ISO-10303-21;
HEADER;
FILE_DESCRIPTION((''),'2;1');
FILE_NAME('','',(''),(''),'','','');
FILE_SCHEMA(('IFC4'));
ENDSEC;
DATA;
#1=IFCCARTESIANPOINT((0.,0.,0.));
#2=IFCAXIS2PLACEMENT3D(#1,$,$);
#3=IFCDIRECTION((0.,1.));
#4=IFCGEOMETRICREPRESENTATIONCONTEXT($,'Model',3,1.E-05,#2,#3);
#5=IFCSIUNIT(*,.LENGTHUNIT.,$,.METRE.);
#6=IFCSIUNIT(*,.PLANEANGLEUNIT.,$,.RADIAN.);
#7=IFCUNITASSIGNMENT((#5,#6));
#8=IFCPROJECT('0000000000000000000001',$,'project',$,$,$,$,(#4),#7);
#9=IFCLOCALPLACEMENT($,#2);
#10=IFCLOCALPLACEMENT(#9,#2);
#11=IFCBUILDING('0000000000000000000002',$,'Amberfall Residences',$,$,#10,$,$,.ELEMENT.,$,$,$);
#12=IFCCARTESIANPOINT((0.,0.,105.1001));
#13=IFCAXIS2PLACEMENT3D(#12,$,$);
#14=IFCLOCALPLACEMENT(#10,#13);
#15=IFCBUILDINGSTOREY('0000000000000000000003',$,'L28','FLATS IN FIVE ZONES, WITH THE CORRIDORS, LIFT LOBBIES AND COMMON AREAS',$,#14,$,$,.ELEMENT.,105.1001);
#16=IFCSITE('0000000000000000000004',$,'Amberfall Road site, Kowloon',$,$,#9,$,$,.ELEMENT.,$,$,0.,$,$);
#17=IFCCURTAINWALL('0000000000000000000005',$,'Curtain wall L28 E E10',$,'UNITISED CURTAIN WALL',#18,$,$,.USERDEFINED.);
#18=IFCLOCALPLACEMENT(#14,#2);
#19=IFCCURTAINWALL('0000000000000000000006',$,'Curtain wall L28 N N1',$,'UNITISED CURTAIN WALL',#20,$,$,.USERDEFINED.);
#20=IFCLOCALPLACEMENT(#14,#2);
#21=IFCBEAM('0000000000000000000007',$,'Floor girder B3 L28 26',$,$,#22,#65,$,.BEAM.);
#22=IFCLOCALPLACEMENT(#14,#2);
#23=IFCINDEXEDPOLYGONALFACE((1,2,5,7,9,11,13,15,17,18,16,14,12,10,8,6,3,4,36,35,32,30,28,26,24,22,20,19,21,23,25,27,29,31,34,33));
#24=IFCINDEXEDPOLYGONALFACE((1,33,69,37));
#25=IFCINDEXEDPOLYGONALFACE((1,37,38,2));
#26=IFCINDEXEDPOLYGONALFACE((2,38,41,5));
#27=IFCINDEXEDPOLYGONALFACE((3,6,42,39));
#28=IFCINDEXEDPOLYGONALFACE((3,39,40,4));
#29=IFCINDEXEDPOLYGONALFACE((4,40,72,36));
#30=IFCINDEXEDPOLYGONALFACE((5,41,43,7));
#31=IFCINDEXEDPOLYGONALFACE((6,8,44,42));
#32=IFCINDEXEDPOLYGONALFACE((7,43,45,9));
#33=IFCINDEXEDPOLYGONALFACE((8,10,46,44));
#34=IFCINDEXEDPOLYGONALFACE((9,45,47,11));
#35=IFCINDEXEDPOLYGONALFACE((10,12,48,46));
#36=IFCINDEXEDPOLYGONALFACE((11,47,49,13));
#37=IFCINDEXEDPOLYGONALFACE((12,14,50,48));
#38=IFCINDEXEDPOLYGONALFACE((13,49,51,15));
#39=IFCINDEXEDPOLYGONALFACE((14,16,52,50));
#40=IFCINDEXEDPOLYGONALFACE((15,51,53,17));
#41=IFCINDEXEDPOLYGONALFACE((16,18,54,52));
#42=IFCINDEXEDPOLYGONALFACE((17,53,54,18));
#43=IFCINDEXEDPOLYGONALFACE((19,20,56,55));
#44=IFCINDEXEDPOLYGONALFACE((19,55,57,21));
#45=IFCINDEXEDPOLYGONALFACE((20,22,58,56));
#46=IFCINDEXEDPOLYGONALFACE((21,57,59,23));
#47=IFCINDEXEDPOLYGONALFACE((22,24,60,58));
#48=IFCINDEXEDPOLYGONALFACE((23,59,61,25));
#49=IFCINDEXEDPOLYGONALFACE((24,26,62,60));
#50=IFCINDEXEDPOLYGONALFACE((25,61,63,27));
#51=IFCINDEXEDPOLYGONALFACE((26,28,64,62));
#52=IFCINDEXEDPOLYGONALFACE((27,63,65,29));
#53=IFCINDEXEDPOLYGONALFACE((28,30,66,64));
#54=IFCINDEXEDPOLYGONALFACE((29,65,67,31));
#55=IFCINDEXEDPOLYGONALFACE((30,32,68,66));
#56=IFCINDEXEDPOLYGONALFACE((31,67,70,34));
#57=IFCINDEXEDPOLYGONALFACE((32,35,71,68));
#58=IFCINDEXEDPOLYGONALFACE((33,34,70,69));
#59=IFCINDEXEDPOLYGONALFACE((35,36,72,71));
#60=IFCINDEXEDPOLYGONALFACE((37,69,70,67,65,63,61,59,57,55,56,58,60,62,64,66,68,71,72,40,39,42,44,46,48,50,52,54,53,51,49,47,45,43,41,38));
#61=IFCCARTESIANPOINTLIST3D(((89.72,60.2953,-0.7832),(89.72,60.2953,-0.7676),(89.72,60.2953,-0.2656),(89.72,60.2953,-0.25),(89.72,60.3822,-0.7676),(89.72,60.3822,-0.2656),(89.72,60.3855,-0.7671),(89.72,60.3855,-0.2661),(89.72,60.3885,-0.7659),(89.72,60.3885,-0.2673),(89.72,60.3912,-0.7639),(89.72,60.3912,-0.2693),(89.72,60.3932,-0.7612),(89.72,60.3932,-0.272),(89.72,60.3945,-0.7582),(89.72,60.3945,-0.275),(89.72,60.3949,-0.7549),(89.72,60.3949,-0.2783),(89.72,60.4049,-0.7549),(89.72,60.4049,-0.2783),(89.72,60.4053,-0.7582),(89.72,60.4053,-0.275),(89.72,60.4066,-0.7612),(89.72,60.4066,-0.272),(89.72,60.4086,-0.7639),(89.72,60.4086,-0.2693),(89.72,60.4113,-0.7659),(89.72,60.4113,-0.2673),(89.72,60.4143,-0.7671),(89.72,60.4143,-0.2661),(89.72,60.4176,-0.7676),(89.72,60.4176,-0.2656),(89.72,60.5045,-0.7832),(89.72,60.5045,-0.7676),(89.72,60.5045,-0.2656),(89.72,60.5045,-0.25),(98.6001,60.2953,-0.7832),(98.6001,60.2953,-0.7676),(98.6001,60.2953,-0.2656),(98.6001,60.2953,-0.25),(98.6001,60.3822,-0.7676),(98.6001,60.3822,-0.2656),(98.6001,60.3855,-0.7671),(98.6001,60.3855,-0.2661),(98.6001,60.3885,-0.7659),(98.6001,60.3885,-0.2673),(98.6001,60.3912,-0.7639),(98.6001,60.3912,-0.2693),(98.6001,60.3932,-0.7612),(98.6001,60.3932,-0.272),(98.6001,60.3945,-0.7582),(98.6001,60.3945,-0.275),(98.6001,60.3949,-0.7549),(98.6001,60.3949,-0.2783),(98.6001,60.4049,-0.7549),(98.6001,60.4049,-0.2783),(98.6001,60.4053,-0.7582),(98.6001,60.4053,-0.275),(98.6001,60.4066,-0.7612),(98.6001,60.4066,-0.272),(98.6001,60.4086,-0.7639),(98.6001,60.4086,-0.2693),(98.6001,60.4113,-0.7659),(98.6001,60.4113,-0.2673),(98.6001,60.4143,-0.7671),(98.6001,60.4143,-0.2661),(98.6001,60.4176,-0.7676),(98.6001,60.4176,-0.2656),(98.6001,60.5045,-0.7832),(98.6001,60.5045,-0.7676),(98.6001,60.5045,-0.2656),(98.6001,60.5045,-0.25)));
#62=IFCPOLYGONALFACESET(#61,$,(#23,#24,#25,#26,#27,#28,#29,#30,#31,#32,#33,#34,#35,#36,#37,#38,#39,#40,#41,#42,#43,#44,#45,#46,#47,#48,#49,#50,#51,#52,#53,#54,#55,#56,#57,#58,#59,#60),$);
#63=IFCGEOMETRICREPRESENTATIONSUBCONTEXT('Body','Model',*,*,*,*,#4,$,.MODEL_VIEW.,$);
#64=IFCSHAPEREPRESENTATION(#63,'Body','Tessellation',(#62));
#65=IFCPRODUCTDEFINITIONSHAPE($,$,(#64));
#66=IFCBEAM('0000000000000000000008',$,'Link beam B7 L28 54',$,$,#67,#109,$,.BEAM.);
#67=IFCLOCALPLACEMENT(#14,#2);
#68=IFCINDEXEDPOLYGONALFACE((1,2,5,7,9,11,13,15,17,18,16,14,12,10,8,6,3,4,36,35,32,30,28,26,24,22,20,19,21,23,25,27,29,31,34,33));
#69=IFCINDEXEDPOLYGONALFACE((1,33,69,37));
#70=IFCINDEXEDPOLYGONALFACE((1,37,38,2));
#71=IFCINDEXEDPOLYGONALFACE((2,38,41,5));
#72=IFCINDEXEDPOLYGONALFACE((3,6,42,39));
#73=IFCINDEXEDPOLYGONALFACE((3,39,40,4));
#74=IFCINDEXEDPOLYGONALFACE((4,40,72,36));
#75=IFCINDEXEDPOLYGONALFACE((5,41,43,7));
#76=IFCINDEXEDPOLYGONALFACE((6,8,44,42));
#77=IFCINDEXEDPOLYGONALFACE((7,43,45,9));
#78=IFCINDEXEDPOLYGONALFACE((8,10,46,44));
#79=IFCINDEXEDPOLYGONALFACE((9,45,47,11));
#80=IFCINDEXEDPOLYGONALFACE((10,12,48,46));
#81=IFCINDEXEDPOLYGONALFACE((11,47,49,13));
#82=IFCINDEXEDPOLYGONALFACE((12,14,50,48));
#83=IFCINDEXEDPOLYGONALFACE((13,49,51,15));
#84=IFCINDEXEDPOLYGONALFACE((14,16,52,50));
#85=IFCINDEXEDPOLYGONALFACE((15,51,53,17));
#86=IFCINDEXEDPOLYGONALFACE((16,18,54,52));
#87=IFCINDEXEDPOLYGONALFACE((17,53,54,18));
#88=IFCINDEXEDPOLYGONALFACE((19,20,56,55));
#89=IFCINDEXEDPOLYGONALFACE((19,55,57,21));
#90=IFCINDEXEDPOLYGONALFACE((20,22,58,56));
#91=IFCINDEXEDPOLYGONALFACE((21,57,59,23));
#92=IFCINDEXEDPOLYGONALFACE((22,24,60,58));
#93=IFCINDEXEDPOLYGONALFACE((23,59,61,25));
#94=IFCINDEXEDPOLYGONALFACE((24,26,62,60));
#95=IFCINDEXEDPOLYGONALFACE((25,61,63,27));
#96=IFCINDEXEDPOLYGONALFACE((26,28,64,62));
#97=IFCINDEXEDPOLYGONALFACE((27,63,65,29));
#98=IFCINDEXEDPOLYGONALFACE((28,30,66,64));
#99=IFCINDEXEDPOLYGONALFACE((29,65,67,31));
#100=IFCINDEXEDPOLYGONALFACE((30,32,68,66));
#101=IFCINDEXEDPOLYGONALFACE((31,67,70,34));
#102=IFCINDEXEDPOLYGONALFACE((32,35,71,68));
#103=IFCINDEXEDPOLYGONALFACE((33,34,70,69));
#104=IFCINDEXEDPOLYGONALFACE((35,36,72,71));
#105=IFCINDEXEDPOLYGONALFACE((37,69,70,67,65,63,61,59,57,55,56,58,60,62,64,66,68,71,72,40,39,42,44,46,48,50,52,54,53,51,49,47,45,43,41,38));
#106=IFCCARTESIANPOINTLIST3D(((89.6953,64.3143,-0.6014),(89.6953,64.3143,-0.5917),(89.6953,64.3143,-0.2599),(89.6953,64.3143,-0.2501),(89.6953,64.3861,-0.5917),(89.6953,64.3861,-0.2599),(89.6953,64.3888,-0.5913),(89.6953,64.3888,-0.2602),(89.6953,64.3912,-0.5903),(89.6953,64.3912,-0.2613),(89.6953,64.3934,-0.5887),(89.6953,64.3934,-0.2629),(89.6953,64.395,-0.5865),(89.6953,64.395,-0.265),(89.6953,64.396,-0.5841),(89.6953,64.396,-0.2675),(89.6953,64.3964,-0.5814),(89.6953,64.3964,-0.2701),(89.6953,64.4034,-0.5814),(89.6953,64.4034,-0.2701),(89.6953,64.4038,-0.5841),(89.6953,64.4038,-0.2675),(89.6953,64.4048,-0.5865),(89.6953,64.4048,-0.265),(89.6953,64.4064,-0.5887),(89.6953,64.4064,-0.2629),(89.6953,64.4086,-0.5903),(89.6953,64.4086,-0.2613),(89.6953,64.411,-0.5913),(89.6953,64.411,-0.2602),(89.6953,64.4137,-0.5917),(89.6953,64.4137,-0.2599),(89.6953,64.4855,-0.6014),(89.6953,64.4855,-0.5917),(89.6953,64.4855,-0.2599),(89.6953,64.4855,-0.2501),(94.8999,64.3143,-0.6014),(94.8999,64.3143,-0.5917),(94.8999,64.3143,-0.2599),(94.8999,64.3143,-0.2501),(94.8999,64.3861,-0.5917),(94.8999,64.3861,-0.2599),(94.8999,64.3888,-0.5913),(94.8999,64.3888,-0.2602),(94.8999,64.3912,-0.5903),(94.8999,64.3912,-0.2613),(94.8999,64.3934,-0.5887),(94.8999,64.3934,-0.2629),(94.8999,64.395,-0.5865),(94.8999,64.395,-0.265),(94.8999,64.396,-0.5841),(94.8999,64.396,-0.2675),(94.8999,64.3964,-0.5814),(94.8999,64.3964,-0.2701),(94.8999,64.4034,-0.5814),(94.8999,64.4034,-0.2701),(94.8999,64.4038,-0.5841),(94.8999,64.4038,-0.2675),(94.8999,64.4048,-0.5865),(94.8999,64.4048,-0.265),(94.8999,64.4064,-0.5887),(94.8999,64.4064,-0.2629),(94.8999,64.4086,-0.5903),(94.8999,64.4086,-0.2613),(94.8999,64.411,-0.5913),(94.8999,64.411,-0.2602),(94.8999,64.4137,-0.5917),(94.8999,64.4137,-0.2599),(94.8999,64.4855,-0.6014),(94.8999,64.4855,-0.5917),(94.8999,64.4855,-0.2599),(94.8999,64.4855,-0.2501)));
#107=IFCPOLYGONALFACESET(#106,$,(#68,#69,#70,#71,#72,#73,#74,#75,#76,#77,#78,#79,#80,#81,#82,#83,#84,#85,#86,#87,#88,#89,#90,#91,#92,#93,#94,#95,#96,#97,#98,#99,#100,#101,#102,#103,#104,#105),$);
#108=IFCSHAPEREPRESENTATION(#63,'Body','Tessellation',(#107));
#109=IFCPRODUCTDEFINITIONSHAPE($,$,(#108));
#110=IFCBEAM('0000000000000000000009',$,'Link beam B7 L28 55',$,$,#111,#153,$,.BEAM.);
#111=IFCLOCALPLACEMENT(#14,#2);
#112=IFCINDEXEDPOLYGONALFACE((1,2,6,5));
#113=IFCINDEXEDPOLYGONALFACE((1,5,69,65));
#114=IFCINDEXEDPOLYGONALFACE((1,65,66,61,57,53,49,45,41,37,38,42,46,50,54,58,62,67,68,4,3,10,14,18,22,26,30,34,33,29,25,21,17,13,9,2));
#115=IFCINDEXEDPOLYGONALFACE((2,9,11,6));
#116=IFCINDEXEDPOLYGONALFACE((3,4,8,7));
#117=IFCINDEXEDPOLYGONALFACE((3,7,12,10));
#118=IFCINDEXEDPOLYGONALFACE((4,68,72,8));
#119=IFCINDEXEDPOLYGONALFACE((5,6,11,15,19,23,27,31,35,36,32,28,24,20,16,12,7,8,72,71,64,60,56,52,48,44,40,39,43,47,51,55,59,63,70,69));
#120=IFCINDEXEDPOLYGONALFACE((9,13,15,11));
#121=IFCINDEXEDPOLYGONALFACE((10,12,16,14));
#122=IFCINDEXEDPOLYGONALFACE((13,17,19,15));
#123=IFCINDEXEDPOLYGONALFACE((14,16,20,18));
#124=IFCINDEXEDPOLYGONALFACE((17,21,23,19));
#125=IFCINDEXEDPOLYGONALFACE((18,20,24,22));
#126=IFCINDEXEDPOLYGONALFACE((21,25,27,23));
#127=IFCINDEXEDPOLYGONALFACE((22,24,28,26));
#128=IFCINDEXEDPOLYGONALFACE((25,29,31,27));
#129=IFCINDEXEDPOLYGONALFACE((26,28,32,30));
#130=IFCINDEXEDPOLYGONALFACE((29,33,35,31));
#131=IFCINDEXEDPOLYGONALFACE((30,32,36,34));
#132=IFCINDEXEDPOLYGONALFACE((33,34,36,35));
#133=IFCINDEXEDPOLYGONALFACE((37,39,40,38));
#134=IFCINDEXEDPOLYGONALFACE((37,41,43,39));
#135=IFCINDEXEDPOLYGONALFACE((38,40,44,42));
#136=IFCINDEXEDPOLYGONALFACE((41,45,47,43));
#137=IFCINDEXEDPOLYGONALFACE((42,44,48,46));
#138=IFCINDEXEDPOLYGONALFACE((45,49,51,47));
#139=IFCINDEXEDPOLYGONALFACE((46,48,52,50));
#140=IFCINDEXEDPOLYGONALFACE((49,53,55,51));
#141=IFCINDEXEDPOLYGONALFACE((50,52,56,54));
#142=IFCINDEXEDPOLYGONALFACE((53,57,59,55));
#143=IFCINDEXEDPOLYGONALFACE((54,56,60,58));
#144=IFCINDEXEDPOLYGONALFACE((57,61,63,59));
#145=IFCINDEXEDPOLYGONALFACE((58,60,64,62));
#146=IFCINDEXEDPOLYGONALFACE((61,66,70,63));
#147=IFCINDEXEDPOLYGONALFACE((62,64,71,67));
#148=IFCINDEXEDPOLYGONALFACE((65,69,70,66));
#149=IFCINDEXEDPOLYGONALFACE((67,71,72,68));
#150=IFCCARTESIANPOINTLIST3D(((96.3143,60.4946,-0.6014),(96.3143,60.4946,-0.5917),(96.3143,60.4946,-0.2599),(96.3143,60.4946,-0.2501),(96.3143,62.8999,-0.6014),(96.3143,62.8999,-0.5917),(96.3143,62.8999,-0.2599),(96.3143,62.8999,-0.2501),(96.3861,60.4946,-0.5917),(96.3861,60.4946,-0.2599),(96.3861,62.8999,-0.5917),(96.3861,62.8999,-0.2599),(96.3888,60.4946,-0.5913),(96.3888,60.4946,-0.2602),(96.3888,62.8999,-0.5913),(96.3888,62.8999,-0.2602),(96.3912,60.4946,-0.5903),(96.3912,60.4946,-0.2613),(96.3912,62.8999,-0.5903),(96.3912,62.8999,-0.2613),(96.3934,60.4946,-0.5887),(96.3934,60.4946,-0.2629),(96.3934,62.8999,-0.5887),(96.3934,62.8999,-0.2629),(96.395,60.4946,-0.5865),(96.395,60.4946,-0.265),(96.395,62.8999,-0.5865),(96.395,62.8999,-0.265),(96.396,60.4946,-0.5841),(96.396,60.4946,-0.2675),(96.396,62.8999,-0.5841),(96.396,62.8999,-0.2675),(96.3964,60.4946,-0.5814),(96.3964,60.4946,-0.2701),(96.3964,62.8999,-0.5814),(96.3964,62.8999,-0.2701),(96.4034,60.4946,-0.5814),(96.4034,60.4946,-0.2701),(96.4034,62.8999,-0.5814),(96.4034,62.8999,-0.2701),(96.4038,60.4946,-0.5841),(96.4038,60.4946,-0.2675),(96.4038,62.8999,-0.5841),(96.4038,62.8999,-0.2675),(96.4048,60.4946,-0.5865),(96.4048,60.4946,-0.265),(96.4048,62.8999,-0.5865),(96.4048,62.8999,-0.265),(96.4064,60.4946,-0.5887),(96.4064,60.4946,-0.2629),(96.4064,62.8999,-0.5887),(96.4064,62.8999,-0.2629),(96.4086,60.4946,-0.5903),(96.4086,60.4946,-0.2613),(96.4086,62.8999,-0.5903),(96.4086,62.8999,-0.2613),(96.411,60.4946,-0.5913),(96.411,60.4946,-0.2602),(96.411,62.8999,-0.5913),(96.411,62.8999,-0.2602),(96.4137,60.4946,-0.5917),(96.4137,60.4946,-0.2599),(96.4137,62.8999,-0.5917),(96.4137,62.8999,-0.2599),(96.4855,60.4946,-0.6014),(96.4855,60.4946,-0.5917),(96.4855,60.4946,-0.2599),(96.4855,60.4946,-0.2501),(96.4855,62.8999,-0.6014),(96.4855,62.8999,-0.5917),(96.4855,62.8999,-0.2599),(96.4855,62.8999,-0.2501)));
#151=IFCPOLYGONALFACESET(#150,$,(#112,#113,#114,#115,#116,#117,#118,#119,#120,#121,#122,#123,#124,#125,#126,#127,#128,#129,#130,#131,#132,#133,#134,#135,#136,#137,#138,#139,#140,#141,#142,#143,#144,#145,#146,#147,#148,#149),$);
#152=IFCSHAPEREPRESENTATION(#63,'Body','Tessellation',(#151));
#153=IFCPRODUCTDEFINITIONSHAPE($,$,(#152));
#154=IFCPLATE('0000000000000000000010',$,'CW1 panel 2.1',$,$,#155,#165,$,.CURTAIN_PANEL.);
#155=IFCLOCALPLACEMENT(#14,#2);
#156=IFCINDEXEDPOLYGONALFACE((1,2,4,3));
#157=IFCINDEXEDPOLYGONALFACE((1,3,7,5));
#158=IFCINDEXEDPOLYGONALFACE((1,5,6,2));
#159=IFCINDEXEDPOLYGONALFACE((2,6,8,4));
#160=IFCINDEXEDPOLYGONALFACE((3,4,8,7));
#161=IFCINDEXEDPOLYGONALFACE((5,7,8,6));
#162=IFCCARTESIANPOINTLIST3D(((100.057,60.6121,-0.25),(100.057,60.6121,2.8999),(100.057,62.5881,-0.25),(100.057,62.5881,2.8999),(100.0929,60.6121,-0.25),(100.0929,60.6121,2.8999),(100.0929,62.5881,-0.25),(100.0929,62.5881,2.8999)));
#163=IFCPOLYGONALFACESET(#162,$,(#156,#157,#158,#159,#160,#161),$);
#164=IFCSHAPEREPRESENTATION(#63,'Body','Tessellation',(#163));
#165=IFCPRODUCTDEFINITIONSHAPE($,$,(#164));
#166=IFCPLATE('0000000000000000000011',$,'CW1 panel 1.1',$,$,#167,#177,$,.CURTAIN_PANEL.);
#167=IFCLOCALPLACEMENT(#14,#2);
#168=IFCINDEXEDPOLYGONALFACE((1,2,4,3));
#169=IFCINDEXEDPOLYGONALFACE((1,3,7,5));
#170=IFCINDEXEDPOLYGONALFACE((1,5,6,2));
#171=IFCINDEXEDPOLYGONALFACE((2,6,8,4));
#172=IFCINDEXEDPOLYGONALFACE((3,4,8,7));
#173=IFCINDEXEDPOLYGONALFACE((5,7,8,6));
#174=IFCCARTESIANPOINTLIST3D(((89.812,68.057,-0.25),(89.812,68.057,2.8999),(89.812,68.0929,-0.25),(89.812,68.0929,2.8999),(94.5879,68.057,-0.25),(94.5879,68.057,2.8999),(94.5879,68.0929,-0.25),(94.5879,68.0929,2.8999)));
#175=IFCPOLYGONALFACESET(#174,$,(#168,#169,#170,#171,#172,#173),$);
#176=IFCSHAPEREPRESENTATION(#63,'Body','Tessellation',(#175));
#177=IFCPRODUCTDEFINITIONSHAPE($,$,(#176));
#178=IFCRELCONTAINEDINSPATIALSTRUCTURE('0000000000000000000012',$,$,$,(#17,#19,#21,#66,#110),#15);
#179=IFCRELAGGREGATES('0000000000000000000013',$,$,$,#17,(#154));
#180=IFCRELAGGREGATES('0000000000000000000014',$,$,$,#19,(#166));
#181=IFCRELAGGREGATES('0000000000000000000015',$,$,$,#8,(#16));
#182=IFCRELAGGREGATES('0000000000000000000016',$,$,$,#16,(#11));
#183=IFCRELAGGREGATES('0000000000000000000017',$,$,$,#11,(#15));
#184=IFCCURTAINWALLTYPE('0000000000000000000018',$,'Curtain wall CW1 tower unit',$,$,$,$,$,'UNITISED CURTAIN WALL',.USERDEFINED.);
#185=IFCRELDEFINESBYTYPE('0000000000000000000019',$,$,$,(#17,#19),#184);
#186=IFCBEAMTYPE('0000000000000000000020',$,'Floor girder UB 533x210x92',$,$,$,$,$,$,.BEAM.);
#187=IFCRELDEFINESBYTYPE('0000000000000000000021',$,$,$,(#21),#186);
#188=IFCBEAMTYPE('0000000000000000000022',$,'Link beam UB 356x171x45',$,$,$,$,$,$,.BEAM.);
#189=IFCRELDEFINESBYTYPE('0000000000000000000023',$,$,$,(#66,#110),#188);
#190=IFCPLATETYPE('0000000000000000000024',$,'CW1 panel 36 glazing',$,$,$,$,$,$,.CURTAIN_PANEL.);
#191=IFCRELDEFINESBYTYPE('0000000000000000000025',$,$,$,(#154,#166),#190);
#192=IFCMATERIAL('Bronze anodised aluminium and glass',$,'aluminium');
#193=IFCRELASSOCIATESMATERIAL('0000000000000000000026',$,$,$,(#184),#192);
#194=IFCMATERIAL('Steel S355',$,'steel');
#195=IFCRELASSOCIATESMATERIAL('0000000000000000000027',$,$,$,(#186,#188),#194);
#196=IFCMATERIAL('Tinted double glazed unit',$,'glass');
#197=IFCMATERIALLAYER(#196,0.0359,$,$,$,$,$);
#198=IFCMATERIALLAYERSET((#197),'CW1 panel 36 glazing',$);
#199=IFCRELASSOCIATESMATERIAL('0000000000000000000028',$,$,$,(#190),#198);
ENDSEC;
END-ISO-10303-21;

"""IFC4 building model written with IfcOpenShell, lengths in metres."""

from ifc_helpers import new_model, si_unit, direction, frame, origin, origin_2d, place, context, subcontext, project, spatial, rectangle, i_section, extrude, material, layer, layer_set, material_profile, profile_set, type_object, element, aggregate, save


model = new_model("IFC4")

# Units and contexts
model_context = context("Model", 3, precision=1e-05, world=origin(), true_north=direction((0.0, 1.0)))
body_context = subcontext(model_context, "Body", "Model", "MODEL_VIEW")
ifc_project = project(units=[si_unit("LENGTHUNIT", "METRE"), si_unit("PLANEANGLEUNIT", "RADIAN")], contexts=[model_context])

# Site, building, storey
site_placement = place(None, origin())
site = spatial("IfcSite", under=ifc_project, at=site_placement, Name="Amberfall Road site, Kowloon", CompositionType="ELEMENT", RefElevation=0.0)
building_placement = place(site_placement, origin())
building = spatial("IfcBuilding", under=site, at=building_placement, Name="Amberfall Residences", CompositionType="ELEMENT")
storey_placement = place(building_placement, frame((0.0, 0.0, 105.1001)))
storey = spatial("IfcBuildingStorey", under=building, at=storey_placement, Name="L28", Description="FLATS IN FIVE ZONES, WITH THE CORRIDORS, LIFT LOBBIES AND COMMON AREAS", CompositionType="ELEMENT", Elevation=105.1001)

# Curtain wall
ifc_material_1 = material(Name="Bronze anodised aluminium and glass", Category="aluminium")
curtain_wall_type = type_object("IfcCurtainWallType", Name="Curtain wall CW1 tower unit", ElementType="UNITISED CURTAIN WALL", PredefinedType="USERDEFINED", material=ifc_material_1)
curtain_wall_1_placement = place(storey_placement, origin())
curtain_wall_1 = element("IfcCurtainWall", 1, at=curtain_wall_1_placement, inside=storey, type_object=curtain_wall_type, Name="Curtain wall L28 E E10", ObjectType="UNITISED CURTAIN WALL", PredefinedType="USERDEFINED")

# Curtain wall
curtain_wall_2_placement = place(storey_placement, origin())
curtain_wall_2 = element("IfcCurtainWall", 2, at=curtain_wall_2_placement, inside=storey, type_object=curtain_wall_type, Name="Curtain wall L28 N N1", ObjectType="UNITISED CURTAIN WALL", PredefinedType="USERDEFINED")

# Beams
ifc_material_2 = material(Name="Steel S355", Category="steel")
ifc_material_profile_1 = material_profile(ifc_material_2, i_section(OverallWidth=0.2092, OverallDepth=0.5332, WebThickness=0.01, FlangeThickness=0.0156, FilletRadius=0.0127, at=origin_2d()), Name="UB 533x210x92")
ifc_profile_set_1 = profile_set([ifc_material_profile_1], Name="Steel S355")
beam_type_1 = type_object("IfcBeamType", Name="Floor girder UB 533x210x92", PredefinedType="BEAM", material=ifc_profile_set_1)
beam_1_placement = place(storey_placement, frame((98.6001, 60.3999, -0.5166), z_axis=(-1.0, 0.0, 0.0), x_axis=(0.0, -1.0, 0.0)))
element("IfcBeam", 3, at=beam_1_placement, inside=storey, type_object=beam_type_1, Name="Floor girder B3 L28 26", PredefinedType="BEAM", context=body_context, shape_type="SweptSolid", body=[
    extrude(i_section(OverallWidth=0.2092, OverallDepth=0.5332, WebThickness=0.01, FlangeThickness=0.0156, FilletRadius=0.0127, at=origin_2d()), origin(), (0.0, 0.0, 1.0), 8.8801),
])
ifc_material_profile_2 = material_profile(ifc_material_2, i_section(OverallWidth=0.1711, OverallDepth=0.3513, WebThickness=0.0071, FlangeThickness=0.0098, FilletRadius=0.0103, at=origin_2d()), Name="UB 356x171x45")
ifc_profile_set_2 = profile_set([ifc_material_profile_2], Name="Steel S355")
beam_type_2 = type_object("IfcBeamType", Name="Link beam UB 356x171x45", PredefinedType="BEAM", material=ifc_profile_set_2)
beam_2_placement = place(storey_placement, frame((94.8999, 64.3999, -0.4258), z_axis=(-1.0, 0.0, 0.0), x_axis=(0.0, -1.0, 0.0)))
element("IfcBeam", 4, at=beam_2_placement, inside=storey, type_object=beam_type_2, Name="Link beam B7 L28 54", PredefinedType="BEAM", context=body_context, shape_type="SweptSolid", body=[
    extrude(i_section(OverallWidth=0.1711, OverallDepth=0.3513, WebThickness=0.0071, FlangeThickness=0.0098, FilletRadius=0.0103, at=origin_2d()), origin(), (0.0, 0.0, 1.0), 5.2046),
])
beam_3_placement = place(storey_placement, frame((96.3999, 62.8999, -0.4258), z_axis=(0.0, -1.0, 0.0), x_axis=(1.0, 0.0, 0.0)))
element("IfcBeam", 5, at=beam_3_placement, inside=storey, type_object=beam_type_2, Name="Link beam B7 L28 55", PredefinedType="BEAM", context=body_context, shape_type="SweptSolid", body=[
    extrude(i_section(OverallWidth=0.1711, OverallDepth=0.3513, WebThickness=0.0071, FlangeThickness=0.0098, FilletRadius=0.0103, at=origin_2d()), origin(), (0.0, 0.0, 1.0), 2.4053),
])

# Plates
ifc_material_3 = material(Name="Tinted double glazed unit", Category="glass")
ifc_layer_1 = layer(ifc_material_3, 0.0359)
ifc_layer_set_1 = layer_set([ifc_layer_1], Name="CW1 panel 36 glazing")
plate_type = type_object("IfcPlateType", Name="CW1 panel 36 glazing", PredefinedType="CURTAIN_PANEL", material=ifc_layer_set_1)
plate_1_placement = place(storey_placement, frame((100.075, 61.6001, -0.25), z_axis=(0.0, 0.0, 1.0), x_axis=(0.0, 1.0, 0.0)))
plate_1 = element("IfcPlate", 6, at=plate_1_placement, type_object=plate_type, Name="CW1 panel 2.1", PredefinedType="CURTAIN_PANEL", context=body_context, shape_type="SweptSolid", body=[
    extrude(rectangle(XDim=1.9761, YDim=0.0359, at=origin_2d()), origin(), (0.0, 0.0, 1.0), 3.1499),
])
aggregate(curtain_wall_1, [plate_1])
plate_2_placement = place(storey_placement, frame((92.2, 68.075, -0.25), z_axis=(0.0, 0.0, 1.0), x_axis=(-1.0, 0.0, 0.0)))
plate_2 = element("IfcPlate", 7, at=plate_2_placement, type_object=plate_type, Name="CW1 panel 1.1", PredefinedType="CURTAIN_PANEL", context=body_context, shape_type="SweptSolid", body=[
    extrude(rectangle(XDim=4.7759, YDim=0.0359, at=origin_2d()), origin(), (0.0, 0.0, 1.0), 3.1499),
])
aggregate(curtain_wall_2, [plate_2])

save(model, "model.ifc")
